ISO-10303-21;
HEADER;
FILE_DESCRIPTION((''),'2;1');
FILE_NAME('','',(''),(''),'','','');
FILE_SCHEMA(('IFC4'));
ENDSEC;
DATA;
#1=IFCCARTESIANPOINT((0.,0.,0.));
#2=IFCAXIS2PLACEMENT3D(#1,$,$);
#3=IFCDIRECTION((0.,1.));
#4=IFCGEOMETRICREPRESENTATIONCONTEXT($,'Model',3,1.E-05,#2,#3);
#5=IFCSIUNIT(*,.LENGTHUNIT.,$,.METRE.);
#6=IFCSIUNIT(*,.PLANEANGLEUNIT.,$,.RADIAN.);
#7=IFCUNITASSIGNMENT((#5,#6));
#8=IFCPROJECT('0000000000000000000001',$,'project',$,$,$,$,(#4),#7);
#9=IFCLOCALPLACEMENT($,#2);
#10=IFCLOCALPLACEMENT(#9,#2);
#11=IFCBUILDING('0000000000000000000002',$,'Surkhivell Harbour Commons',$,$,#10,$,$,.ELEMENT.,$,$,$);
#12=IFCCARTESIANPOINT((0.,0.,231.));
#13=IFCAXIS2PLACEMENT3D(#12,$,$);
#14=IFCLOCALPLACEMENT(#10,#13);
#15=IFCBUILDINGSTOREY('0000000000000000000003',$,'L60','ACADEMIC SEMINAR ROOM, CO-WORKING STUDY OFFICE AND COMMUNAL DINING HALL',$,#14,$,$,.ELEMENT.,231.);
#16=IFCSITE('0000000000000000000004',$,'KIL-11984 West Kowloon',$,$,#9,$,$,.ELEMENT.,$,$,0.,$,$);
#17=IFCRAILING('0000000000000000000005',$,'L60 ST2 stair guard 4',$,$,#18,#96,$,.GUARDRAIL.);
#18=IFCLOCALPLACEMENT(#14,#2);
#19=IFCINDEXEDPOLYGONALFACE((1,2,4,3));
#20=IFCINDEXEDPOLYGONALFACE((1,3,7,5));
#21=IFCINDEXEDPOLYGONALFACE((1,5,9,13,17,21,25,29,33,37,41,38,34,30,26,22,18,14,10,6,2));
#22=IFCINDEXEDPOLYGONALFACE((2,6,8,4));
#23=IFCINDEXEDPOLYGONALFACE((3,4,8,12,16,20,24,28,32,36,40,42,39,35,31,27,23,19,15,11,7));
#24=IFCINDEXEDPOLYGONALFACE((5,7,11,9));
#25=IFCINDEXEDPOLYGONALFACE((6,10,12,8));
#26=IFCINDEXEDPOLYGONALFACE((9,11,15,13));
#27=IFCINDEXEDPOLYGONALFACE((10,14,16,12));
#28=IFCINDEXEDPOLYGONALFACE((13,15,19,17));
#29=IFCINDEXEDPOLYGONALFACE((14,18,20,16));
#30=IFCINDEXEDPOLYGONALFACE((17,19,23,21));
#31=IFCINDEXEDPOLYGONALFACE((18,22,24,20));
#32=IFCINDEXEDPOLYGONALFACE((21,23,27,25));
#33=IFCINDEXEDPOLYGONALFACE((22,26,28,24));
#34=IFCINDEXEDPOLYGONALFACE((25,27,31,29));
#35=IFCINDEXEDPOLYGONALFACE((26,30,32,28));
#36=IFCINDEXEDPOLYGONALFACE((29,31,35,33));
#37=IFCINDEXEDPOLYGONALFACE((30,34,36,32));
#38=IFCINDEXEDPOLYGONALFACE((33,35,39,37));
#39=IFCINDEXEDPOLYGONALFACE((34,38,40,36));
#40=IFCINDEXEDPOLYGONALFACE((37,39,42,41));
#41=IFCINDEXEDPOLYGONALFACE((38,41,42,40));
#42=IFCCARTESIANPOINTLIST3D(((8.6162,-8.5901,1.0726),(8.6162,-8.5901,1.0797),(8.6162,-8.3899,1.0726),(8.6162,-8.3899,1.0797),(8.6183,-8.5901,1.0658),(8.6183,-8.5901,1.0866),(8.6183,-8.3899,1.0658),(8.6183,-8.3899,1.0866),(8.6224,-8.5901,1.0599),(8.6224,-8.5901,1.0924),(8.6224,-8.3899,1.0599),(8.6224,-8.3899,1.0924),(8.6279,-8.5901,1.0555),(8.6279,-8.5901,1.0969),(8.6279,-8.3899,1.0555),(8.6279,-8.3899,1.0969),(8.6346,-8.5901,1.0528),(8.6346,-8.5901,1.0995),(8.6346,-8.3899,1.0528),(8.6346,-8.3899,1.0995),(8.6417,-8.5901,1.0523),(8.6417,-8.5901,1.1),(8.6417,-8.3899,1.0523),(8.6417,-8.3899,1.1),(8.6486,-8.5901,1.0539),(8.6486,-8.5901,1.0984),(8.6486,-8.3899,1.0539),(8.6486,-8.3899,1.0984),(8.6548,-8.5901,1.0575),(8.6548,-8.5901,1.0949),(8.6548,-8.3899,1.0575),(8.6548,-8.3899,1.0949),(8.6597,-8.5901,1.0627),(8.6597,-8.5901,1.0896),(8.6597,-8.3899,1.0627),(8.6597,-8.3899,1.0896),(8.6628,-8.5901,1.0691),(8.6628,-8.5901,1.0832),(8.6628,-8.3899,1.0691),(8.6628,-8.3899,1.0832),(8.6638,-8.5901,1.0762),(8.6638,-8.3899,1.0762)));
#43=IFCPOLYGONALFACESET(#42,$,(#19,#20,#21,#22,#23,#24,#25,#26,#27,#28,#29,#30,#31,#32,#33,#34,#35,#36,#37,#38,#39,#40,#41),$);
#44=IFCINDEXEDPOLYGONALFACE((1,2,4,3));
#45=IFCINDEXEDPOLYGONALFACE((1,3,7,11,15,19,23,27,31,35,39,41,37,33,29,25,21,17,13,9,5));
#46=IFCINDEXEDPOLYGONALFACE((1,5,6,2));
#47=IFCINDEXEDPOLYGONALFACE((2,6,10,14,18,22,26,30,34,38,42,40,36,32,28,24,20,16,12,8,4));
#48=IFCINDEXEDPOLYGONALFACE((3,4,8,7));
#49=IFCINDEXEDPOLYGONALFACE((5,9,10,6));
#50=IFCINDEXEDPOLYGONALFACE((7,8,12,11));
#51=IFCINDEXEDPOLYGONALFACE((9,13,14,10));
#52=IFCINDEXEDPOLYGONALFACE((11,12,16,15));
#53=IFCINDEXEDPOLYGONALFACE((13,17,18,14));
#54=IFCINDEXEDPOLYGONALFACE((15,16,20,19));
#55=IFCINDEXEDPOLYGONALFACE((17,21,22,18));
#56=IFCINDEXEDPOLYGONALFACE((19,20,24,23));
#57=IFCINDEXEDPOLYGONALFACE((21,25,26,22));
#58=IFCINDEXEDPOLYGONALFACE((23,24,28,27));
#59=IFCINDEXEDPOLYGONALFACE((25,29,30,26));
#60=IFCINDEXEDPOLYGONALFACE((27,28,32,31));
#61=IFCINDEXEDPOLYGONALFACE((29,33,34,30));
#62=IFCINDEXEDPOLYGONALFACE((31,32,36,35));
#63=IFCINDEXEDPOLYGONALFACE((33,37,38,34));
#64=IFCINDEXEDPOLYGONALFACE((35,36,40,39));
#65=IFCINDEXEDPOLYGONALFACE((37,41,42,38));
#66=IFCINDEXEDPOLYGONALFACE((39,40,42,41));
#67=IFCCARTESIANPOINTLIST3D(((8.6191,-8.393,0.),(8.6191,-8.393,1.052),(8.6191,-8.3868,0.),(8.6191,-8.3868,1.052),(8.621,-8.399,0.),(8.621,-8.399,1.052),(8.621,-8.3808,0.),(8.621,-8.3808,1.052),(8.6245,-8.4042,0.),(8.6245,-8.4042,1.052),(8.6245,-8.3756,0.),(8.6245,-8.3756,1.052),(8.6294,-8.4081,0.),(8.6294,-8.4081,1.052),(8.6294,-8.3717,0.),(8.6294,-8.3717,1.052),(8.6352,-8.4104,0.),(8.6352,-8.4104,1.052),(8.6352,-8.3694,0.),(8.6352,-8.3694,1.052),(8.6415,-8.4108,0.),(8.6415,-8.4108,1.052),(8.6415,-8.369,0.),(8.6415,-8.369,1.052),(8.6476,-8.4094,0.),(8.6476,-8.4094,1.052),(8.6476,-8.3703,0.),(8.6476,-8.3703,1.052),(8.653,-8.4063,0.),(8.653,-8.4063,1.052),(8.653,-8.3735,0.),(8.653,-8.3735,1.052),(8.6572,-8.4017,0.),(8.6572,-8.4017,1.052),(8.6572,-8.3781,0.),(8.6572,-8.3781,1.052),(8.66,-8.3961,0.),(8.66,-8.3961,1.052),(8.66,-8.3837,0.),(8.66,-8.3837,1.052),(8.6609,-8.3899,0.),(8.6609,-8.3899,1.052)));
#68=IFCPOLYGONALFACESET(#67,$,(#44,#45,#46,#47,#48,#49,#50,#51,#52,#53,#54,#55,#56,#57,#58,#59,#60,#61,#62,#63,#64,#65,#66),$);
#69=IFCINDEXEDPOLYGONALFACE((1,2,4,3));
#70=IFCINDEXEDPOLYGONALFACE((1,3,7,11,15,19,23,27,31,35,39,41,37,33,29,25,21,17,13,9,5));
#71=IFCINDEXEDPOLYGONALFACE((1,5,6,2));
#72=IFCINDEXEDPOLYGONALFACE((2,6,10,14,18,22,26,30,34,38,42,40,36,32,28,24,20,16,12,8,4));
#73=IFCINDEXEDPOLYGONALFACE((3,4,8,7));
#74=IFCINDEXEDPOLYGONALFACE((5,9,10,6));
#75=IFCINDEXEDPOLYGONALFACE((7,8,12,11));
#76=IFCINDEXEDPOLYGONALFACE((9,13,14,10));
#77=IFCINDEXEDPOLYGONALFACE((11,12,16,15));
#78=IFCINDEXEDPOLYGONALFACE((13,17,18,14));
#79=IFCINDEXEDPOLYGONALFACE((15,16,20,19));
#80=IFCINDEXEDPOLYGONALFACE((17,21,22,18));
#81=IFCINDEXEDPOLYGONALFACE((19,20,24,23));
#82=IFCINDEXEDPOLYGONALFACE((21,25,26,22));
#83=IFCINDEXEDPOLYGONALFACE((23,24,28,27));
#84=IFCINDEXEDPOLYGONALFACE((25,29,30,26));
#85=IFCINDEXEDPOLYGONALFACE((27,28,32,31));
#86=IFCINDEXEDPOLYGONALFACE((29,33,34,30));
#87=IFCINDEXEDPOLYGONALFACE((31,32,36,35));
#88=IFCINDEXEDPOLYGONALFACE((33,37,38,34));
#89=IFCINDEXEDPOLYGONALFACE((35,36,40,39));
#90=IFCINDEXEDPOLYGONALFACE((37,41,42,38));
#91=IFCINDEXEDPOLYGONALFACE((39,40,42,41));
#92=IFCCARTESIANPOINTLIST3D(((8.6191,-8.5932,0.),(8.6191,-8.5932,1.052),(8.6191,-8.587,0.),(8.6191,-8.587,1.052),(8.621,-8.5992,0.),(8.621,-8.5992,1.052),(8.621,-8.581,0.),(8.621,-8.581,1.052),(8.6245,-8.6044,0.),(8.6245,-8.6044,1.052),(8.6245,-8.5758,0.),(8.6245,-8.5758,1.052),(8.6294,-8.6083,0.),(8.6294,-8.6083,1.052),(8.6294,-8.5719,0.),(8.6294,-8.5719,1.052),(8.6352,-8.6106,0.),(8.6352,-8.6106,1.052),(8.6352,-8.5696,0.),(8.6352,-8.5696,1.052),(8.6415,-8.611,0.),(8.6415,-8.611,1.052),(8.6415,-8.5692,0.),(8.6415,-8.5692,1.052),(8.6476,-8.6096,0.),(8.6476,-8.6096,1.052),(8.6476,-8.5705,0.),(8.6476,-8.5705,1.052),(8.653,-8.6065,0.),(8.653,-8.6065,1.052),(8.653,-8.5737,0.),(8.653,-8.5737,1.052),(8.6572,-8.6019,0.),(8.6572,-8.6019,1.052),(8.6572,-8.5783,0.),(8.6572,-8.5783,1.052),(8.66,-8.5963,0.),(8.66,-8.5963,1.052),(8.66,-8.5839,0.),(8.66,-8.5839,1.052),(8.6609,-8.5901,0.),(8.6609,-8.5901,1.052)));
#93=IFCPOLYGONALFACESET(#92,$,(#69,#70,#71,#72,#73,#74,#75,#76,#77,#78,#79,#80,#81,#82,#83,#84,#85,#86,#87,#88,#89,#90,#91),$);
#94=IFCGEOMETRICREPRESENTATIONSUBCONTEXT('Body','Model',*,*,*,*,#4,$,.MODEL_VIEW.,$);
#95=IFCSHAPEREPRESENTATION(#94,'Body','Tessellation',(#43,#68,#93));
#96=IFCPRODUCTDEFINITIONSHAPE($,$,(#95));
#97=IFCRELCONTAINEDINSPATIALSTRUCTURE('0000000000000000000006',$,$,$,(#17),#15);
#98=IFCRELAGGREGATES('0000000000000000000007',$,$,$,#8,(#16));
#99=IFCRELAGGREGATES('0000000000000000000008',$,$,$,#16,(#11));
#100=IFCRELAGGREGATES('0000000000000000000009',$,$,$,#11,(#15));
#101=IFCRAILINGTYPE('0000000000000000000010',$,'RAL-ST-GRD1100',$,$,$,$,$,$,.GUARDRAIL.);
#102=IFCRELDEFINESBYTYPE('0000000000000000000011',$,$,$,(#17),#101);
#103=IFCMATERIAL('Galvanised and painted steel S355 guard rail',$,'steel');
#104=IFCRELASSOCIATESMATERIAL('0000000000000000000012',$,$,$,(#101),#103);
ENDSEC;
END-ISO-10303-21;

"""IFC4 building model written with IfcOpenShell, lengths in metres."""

from ifc_helpers import new_model, si_unit, direction, frame, origin, origin_2d, place, context, subcontext, project, spatial, circle, extrude, material, type_object, element, save


model = new_model("IFC4")

# Units and contexts
model_context = context("Model", 3, precision=1e-05, world=origin(), true_north=direction((0.0, 1.0)))
body_context = subcontext(model_context, "Body", "Model", "MODEL_VIEW")
ifc_project = project(units=[si_unit("LENGTHUNIT", "METRE"), si_unit("PLANEANGLEUNIT", "RADIAN")], contexts=[model_context])

# Site, building, storey
site_placement = place(None, origin())
site = spatial("IfcSite", under=ifc_project, at=site_placement, Name="KIL-11984 West Kowloon", CompositionType="ELEMENT", RefElevation=0.0)
building_placement = place(site_placement, origin())
building = spatial("IfcBuilding", under=site, at=building_placement, Name="Surkhivell Harbour Commons", CompositionType="ELEMENT")
storey_placement = place(building_placement, frame((0.0, 0.0, 231.0)))
storey = spatial("IfcBuildingStorey", under=building, at=storey_placement, Name="L60", Description="ACADEMIC SEMINAR ROOM, CO-WORKING STUDY OFFICE AND COMMUNAL DINING HALL", CompositionType="ELEMENT", Elevation=231.0)

# Railing
ifc_material_1 = material(Name="Galvanised and painted steel S355 guard rail", Category="steel")
railing_type = type_object("IfcRailingType", Name="RAL-ST-GRD1100", PredefinedType="GUARDRAIL", material=ifc_material_1)
railing_1_placement = place(storey_placement, frame((8.6399, -8.3899, 0.0)))
element("IfcRailing", 1, at=railing_1_placement, inside=storey, type_object=railing_type, Name="L60 ST2 stair guard 4", PredefinedType="GUARDRAIL", context=body_context, shape_type="SweptSolid", body=[
    extrude(circle(Radius=0.0239, at=origin_2d()), frame((0.0, 0.0, 1.0762), z_axis=(0.0, -1.0, 0.0), x_axis=(1.0, 0.0, 0.0)), (0.0, 0.0, 1.0), 0.2002),
    extrude(circle(Radius=0.021, at=origin_2d()), origin(), (0.0, 0.0, 1.0), 1.052),
    extrude(circle(Radius=0.021, at=origin_2d()), frame((0.0, -0.2002, 0.0)), (0.0, 0.0, 1.0), 1.052),
])

save(model, "model.ifc")
